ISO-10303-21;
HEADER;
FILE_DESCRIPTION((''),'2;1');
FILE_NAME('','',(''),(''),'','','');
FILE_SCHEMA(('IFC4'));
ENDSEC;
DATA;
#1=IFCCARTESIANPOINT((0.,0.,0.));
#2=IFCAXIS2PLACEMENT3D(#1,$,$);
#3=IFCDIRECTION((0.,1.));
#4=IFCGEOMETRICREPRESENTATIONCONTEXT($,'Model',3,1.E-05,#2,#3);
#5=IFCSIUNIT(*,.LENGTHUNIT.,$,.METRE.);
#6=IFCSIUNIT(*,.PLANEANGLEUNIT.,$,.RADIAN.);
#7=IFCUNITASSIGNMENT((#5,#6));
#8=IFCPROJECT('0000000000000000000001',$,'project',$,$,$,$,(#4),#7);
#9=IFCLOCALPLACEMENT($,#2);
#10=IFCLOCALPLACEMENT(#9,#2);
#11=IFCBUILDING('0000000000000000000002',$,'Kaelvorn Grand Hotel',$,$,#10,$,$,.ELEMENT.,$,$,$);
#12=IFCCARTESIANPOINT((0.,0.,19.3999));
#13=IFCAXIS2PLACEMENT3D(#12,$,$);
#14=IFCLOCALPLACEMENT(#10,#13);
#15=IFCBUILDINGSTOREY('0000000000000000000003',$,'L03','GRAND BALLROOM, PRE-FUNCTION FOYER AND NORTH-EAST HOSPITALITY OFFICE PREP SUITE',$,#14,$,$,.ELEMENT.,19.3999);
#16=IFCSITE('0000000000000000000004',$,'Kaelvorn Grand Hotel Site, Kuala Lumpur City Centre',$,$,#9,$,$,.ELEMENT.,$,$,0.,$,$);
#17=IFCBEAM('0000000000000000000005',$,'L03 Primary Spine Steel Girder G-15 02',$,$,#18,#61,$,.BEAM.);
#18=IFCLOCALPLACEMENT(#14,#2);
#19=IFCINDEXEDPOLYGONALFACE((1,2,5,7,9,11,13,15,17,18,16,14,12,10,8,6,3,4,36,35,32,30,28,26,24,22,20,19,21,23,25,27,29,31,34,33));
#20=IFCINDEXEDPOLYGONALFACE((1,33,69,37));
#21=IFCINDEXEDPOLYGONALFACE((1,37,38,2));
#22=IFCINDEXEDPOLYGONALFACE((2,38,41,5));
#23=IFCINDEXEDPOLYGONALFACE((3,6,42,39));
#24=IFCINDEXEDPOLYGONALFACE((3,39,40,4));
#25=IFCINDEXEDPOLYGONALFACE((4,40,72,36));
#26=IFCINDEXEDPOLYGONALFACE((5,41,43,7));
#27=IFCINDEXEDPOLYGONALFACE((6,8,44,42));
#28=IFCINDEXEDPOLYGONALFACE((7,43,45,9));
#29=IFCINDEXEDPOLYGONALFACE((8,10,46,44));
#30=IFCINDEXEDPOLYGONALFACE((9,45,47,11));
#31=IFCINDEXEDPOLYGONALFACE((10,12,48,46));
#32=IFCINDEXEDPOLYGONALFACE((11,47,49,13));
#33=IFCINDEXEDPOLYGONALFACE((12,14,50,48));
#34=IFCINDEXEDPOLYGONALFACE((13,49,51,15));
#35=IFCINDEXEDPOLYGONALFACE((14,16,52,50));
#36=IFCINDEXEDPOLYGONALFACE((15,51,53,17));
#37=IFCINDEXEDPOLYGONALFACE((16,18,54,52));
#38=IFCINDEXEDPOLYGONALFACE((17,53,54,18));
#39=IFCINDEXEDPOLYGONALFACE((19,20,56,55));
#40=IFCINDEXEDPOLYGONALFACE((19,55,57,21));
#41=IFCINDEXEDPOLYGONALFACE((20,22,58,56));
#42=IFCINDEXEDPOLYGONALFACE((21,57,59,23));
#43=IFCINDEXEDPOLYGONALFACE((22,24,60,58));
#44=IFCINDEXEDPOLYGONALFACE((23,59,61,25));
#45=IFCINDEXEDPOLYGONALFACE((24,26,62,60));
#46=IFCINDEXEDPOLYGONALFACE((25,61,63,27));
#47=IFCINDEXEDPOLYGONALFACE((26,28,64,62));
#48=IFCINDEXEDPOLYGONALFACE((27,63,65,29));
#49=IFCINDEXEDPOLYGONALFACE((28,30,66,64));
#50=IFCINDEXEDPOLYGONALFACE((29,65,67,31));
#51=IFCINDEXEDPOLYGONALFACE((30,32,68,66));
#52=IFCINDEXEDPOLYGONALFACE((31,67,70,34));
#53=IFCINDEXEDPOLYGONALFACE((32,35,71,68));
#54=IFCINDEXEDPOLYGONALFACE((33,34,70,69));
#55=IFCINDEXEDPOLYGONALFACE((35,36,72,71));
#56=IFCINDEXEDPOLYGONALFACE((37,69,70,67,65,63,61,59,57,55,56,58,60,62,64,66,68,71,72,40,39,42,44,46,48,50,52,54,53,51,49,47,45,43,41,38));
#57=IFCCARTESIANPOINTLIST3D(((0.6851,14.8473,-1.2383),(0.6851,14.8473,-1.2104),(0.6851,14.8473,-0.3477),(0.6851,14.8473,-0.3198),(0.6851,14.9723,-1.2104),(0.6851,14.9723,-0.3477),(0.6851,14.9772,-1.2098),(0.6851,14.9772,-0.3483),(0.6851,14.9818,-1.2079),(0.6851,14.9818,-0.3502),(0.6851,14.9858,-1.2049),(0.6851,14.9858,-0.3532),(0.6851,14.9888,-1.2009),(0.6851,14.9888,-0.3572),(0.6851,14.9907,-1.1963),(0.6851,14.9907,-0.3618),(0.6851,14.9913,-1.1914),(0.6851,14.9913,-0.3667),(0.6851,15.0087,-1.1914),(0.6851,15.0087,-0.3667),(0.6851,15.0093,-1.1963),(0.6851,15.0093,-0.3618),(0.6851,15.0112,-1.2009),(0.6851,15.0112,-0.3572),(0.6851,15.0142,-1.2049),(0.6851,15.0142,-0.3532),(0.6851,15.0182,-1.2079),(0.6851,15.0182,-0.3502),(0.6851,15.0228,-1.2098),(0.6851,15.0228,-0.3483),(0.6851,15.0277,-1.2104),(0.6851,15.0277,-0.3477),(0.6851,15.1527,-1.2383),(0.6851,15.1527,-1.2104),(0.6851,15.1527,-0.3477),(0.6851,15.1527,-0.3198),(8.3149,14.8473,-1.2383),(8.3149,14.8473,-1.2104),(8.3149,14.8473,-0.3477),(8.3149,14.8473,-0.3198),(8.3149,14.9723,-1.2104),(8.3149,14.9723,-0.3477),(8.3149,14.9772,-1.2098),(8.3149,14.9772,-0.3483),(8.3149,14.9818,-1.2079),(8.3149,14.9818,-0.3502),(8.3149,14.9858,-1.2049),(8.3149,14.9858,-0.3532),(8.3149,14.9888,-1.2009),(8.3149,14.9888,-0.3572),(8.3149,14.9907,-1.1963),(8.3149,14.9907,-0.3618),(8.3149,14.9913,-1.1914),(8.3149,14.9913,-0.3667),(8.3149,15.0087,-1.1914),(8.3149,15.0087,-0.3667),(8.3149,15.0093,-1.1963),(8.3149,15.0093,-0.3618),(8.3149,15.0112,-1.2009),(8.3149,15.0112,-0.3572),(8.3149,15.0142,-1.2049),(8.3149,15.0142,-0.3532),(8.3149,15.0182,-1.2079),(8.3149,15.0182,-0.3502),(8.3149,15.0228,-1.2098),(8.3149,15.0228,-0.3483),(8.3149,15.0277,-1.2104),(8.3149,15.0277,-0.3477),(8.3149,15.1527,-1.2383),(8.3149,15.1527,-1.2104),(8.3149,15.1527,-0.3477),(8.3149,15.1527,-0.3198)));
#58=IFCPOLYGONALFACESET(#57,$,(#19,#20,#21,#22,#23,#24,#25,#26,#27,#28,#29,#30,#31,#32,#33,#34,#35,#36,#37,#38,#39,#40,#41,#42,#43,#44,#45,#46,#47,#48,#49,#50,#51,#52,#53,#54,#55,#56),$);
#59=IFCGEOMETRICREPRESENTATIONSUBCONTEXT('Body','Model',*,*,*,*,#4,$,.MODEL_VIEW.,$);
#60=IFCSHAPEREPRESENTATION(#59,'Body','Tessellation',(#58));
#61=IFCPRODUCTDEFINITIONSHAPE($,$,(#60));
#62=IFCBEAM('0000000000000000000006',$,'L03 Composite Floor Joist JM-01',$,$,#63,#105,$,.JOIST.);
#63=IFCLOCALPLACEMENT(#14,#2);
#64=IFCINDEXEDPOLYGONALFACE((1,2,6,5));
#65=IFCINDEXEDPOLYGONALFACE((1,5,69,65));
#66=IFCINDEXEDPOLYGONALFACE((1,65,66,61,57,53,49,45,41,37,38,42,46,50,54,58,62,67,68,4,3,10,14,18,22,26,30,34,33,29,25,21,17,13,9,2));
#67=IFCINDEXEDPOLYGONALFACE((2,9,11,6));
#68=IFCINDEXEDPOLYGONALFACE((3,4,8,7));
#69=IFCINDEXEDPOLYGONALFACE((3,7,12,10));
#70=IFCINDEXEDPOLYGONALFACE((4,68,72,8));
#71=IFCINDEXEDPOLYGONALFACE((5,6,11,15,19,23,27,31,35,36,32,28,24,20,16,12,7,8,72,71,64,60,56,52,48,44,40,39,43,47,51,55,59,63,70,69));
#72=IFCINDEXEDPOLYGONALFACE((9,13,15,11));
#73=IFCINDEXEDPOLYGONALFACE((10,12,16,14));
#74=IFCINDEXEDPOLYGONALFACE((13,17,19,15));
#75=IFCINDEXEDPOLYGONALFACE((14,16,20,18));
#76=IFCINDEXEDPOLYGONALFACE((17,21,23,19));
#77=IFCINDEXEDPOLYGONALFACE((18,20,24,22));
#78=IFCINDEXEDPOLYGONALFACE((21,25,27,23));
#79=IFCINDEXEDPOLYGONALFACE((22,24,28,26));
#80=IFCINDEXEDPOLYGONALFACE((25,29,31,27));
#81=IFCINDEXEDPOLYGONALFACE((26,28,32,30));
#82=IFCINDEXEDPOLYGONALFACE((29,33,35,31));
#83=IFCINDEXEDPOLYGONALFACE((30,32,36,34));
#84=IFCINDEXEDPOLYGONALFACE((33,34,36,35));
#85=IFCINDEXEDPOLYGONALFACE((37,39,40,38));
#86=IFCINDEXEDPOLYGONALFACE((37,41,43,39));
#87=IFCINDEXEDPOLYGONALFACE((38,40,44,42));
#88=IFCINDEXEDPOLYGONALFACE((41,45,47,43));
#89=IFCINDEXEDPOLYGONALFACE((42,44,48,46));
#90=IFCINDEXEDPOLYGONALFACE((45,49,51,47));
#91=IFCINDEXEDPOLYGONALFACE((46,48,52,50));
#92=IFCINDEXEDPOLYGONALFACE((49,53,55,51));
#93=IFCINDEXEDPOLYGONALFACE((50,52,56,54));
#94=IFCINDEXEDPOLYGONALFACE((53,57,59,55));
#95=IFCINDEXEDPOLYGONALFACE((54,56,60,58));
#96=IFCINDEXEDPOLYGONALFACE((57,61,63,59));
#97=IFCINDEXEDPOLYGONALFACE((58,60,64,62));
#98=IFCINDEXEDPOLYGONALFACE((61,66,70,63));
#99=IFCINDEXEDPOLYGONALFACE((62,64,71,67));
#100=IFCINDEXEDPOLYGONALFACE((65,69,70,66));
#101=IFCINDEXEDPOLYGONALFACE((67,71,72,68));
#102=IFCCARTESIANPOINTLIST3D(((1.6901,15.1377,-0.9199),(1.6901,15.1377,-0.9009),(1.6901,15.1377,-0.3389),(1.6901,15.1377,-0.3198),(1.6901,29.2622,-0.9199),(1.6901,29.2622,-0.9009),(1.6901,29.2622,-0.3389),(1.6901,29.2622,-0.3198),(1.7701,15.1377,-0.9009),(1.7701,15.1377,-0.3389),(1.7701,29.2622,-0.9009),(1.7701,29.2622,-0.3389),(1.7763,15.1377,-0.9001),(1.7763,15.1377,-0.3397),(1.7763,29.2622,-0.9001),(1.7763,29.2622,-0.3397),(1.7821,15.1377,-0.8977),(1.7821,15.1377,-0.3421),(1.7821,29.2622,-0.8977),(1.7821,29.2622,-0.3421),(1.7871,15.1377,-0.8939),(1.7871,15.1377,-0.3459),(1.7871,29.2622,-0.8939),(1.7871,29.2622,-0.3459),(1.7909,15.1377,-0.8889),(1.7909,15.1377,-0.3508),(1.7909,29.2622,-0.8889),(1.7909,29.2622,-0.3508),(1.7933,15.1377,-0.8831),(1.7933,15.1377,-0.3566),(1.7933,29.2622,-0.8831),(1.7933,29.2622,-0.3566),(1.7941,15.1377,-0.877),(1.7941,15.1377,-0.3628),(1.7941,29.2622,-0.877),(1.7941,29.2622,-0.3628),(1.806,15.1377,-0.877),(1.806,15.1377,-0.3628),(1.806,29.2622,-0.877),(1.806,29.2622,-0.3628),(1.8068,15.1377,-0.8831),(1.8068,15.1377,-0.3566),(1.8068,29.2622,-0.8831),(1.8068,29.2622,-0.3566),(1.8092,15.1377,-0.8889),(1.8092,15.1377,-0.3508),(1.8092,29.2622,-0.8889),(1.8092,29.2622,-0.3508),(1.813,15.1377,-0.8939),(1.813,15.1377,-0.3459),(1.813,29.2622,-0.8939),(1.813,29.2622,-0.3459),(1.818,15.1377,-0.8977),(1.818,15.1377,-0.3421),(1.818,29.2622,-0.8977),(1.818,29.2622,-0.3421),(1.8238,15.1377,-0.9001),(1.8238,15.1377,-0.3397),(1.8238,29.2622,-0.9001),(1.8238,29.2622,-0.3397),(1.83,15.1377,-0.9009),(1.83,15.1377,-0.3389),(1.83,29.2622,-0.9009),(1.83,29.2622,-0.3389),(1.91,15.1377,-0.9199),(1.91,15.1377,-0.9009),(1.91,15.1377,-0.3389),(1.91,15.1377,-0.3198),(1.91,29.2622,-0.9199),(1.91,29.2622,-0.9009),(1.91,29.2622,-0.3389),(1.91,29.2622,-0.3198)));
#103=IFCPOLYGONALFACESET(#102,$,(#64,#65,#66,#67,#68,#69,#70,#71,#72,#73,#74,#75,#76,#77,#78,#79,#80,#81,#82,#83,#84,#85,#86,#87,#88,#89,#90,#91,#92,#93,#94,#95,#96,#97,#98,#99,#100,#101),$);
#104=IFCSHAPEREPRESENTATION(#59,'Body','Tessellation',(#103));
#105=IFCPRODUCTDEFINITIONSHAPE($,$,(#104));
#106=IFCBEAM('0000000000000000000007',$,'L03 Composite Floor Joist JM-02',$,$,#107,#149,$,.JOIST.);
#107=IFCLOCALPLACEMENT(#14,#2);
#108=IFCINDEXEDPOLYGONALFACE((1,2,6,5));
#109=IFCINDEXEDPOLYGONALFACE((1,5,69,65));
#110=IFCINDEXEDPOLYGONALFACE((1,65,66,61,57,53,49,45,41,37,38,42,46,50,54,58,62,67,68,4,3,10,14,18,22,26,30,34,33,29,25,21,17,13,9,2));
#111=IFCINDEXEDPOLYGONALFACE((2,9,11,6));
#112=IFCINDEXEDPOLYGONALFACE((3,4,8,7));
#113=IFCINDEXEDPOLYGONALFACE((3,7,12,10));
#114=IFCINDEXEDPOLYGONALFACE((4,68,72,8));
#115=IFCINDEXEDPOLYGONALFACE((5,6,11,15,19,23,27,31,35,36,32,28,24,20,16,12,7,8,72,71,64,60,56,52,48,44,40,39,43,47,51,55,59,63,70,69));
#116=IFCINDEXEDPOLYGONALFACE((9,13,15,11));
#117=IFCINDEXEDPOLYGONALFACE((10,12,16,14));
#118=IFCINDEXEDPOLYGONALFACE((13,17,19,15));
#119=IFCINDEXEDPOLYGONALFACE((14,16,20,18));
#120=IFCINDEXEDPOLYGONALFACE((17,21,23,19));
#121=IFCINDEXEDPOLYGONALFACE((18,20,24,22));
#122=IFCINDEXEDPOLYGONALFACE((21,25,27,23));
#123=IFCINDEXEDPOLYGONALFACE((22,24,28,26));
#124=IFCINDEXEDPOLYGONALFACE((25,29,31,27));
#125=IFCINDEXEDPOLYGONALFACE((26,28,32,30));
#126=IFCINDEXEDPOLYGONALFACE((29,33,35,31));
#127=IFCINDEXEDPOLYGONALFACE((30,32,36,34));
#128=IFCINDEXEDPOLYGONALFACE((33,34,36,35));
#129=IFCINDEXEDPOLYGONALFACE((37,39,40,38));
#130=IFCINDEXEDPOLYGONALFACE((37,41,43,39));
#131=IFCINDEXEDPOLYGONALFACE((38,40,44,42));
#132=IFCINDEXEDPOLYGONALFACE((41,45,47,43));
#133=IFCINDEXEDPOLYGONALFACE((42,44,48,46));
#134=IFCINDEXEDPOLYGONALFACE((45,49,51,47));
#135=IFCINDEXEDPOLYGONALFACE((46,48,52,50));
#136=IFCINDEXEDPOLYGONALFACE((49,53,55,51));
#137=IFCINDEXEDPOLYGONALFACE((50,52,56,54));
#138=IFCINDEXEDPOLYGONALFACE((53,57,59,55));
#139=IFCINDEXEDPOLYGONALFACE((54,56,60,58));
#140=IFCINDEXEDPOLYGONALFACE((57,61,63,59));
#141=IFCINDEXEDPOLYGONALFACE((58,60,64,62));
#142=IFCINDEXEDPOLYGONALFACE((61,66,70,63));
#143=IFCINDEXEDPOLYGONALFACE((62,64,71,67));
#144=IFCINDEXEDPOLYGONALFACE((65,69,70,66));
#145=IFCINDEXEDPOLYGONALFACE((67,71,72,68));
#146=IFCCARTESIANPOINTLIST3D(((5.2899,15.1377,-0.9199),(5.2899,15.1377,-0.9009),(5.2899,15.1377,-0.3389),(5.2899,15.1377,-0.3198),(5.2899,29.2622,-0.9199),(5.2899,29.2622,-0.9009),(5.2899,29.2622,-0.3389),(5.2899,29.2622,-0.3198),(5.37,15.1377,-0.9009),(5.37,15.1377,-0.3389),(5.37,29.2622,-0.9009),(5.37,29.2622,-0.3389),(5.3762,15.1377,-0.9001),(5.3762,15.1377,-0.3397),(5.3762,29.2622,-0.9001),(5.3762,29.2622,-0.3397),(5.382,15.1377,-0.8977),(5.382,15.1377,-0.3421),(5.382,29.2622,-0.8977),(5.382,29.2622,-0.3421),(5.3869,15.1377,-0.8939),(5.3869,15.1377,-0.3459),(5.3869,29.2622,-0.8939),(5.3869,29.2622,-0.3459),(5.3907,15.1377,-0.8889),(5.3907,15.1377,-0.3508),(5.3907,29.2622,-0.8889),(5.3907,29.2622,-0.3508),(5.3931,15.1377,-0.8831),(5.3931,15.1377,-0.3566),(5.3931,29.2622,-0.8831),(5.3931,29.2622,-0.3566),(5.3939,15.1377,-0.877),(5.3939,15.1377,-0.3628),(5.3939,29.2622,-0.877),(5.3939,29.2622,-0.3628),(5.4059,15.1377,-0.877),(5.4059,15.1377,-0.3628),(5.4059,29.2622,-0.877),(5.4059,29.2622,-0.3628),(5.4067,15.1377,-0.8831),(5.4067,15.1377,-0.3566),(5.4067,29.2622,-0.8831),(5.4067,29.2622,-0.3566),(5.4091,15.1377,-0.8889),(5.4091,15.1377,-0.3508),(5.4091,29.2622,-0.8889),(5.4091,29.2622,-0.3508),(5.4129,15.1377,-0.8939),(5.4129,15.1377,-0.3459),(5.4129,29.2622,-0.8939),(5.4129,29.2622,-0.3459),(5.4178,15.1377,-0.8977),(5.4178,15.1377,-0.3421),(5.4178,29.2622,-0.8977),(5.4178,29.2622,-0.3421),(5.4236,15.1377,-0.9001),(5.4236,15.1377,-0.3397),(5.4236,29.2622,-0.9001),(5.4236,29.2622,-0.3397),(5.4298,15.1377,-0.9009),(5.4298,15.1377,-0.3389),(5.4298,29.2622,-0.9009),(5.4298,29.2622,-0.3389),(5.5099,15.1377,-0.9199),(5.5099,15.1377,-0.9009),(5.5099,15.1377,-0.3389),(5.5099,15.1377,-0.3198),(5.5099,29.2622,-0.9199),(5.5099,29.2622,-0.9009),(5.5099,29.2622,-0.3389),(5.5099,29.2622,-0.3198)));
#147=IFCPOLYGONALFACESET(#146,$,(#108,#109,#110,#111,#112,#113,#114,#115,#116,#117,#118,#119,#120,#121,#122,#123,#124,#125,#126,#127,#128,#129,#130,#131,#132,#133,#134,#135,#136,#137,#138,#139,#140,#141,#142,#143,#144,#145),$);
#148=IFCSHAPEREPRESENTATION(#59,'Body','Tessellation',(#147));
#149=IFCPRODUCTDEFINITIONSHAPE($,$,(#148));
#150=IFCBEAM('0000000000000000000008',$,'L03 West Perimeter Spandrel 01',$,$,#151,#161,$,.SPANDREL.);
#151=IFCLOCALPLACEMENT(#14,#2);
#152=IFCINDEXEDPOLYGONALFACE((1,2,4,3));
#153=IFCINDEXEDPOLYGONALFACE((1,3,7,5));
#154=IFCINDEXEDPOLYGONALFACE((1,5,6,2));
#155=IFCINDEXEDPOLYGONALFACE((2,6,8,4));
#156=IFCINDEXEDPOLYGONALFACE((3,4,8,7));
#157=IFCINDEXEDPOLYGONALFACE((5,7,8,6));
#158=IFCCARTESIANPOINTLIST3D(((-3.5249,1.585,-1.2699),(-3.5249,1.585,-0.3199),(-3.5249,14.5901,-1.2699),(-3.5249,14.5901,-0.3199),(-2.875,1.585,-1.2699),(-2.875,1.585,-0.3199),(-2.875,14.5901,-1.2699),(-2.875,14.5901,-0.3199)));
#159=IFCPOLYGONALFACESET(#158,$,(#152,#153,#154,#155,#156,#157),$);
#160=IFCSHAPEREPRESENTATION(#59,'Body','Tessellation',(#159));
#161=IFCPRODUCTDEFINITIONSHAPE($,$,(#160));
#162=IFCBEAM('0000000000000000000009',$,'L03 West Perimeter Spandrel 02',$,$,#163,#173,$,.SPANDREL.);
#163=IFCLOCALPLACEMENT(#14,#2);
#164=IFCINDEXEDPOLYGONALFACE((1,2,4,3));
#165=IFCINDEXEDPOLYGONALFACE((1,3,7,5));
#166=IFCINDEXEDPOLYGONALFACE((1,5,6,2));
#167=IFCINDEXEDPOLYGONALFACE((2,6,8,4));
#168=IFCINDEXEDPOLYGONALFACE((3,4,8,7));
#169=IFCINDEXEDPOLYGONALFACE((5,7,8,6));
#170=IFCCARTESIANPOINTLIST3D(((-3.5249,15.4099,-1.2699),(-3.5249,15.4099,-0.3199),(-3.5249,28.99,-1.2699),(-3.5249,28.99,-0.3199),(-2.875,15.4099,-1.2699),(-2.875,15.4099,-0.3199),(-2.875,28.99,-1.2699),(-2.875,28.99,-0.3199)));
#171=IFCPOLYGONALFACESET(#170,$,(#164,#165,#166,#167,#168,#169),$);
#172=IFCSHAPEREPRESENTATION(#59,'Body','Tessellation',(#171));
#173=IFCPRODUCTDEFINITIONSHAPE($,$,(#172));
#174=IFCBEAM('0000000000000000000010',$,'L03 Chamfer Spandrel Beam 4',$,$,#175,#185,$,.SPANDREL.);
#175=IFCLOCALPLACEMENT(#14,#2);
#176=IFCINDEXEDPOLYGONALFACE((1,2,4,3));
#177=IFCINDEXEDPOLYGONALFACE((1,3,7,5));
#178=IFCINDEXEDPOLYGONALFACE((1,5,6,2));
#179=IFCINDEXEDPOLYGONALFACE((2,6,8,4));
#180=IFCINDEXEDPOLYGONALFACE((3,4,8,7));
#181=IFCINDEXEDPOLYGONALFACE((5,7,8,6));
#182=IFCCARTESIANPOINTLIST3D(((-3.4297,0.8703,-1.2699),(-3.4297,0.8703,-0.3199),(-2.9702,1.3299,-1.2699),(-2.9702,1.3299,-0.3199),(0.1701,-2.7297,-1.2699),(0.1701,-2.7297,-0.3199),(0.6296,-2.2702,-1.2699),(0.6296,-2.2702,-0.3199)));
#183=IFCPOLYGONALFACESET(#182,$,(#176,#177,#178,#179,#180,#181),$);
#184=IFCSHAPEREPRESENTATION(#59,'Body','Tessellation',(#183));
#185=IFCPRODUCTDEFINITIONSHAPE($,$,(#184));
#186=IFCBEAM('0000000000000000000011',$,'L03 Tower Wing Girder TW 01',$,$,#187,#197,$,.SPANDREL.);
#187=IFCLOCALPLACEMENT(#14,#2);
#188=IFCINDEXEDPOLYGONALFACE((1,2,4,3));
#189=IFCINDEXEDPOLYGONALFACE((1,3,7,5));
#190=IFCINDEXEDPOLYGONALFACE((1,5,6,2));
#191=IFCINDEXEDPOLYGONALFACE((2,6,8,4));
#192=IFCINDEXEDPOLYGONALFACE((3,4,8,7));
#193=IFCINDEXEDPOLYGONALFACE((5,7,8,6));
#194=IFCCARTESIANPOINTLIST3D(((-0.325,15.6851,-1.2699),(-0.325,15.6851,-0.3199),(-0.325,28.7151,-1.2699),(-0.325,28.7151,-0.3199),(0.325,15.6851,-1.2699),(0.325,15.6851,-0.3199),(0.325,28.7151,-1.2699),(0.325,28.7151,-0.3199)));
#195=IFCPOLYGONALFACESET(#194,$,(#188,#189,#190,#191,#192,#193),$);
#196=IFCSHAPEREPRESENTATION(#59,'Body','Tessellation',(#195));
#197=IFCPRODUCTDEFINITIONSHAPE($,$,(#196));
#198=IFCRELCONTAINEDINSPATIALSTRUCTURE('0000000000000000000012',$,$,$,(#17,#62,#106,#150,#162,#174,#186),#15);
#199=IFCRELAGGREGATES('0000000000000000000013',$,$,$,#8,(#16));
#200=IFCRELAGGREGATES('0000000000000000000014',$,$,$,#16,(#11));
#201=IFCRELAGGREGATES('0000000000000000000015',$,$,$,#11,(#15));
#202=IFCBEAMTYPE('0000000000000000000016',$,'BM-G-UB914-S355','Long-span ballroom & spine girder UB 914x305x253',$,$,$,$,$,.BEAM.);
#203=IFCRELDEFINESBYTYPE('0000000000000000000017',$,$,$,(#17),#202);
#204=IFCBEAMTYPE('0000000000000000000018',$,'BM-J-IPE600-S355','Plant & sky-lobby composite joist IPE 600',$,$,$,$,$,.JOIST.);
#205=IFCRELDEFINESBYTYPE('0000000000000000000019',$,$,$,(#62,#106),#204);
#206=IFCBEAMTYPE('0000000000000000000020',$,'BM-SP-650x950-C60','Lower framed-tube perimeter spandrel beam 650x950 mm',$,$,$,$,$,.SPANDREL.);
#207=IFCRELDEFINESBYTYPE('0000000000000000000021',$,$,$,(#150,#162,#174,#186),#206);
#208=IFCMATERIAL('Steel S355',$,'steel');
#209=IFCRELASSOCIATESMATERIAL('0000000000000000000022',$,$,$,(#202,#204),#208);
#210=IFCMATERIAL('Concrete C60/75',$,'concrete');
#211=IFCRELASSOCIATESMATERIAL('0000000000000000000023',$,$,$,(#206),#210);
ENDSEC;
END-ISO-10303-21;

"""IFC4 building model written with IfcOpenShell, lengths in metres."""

from ifc_helpers import new_model, si_unit, direction, frame, origin, origin_2d, place, context, subcontext, project, spatial, rectangle, i_section, extrude, material, material_profile, profile_set, type_object, element, save


model = new_model("IFC4")

# Units and contexts
model_context = context("Model", 3, precision=1e-05, world=origin(), true_north=direction((0.0, 1.0)))
body_context = subcontext(model_context, "Body", "Model", "MODEL_VIEW")
ifc_project = project(units=[si_unit("LENGTHUNIT", "METRE"), si_unit("PLANEANGLEUNIT", "RADIAN")], contexts=[model_context])

# Site, building, storey
site_placement = place(None, origin())
site = spatial("IfcSite", under=ifc_project, at=site_placement, Name="Kaelvorn Grand Hotel Site, Kuala Lumpur City Centre", CompositionType="ELEMENT", RefElevation=0.0)
building_placement = place(site_placement, origin())
building = spatial("IfcBuilding", under=site, at=building_placement, Name="Kaelvorn Grand Hotel", CompositionType="ELEMENT")
storey_placement = place(building_placement, frame((0.0, 0.0, 19.3999)))
storey = spatial("IfcBuildingStorey", under=building, at=storey_placement, Name="L03", Description="GRAND BALLROOM, PRE-FUNCTION FOYER AND NORTH-EAST HOSPITALITY OFFICE PREP SUITE", CompositionType="ELEMENT", Elevation=19.3999)

# Beams
ifc_material_1 = material(Name="Steel S355", Category="steel")
ifc_material_profile_1 = material_profile(ifc_material_1, i_section(OverallWidth=0.3054, OverallDepth=0.9185, WebThickness=0.0173, FlangeThickness=0.0278, FilletRadius=0.019, at=origin_2d()), Name="UB 914x305x253")
ifc_profile_set_1 = profile_set([ifc_material_profile_1], Name="Steel S355")
beam_type_1 = type_object("IfcBeamType", Name="BM-G-UB914-S355", Description="Long-span ballroom & spine girder UB 914x305x253", PredefinedType="BEAM", material=ifc_profile_set_1)
beam_1_placement = place(storey_placement, frame((0.6851, 15.0, -0.7791), z_axis=(1.0, 0.0, 0.0), x_axis=(0.0, 1.0, 0.0)))
element("IfcBeam", 1, at=beam_1_placement, inside=storey, type_object=beam_type_1, Name="L03 Primary Spine Steel Girder G-15 02", PredefinedType="BEAM", context=body_context, shape_type="SweptSolid", body=[
    extrude(i_section(OverallWidth=0.3054, OverallDepth=0.9185, WebThickness=0.0173, FlangeThickness=0.0278, FilletRadius=0.019, at=origin_2d()), origin(), (0.0, 0.0, 1.0), 7.6299),
])
ifc_material_profile_2 = material_profile(ifc_material_1, i_section(OverallWidth=0.22, OverallDepth=0.6001, WebThickness=0.012, FlangeThickness=0.019, FilletRadius=0.0239, at=origin_2d()), Name="IPE 600")
ifc_profile_set_2 = profile_set([ifc_material_profile_2], Name="Steel S355")
beam_type_2 = type_object("IfcBeamType", Name="BM-J-IPE600-S355", Description="Plant & sky-lobby composite joist IPE 600", PredefinedType="JOIST", material=ifc_profile_set_2)
for number, where, z_axis, x_axis, name in (
    (2, (1.8, 15.1377, -0.6199), (0.0, 1.0, 0.0), (-1.0, 0.0, 0.0), "L03 Composite Floor Joist JM-01"),
    (3, (5.3999, 15.1377, -0.6199), (0.0, 1.0, 0.0), (-1.0, 0.0, 0.0), "L03 Composite Floor Joist JM-02"),
):
    element("IfcBeam", number, at=place(storey_placement, frame(where, z_axis=z_axis, x_axis=x_axis)), inside=storey, type_object=beam_type_2, Name=name, PredefinedType="JOIST", context=body_context, shape_type="SweptSolid", body=[
        extrude(i_section(OverallWidth=0.22, OverallDepth=0.6001, WebThickness=0.012, FlangeThickness=0.019, FilletRadius=0.0239, at=origin_2d()), origin(), (0.0, 0.0, 1.0), 14.1245),
    ])
ifc_material_2 = material(Name="Concrete C60/75", Category="concrete")
ifc_material_profile_3 = material_profile(ifc_material_2, rectangle(XDim=0.6499, YDim=0.95, at=origin_2d()), Name="RC SPANDREL 650x950")
ifc_profile_set_3 = profile_set([ifc_material_profile_3], Name="Concrete C60/75")
beam_type_3 = type_object("IfcBeamType", Name="BM-SP-650x950-C60", Description="Lower framed-tube perimeter spandrel beam 650x950 mm", PredefinedType="SPANDREL", material=ifc_profile_set_3)
beam_2_placement = place(storey_placement, frame((-3.2, 1.585, -0.7949), z_axis=(0.0, 1.0, 0.0), x_axis=(-1.0, 0.0, 0.0)))
element("IfcBeam", 4, at=beam_2_placement, inside=storey, type_object=beam_type_3, Name="L03 West Perimeter Spandrel 01", PredefinedType="SPANDREL", context=body_context, shape_type="SweptSolid", body=[
    extrude(rectangle(XDim=0.6499, YDim=0.95, at=origin_2d()), origin(), (0.0, 0.0, 1.0), 13.0051),
])
beam_3_placement = place(storey_placement, frame((-3.2, 15.4099, -0.7949), z_axis=(0.0, 1.0, 0.0), x_axis=(-1.0, 0.0, 0.0)))
element("IfcBeam", 5, at=beam_3_placement, inside=storey, type_object=beam_type_3, Name="L03 West Perimeter Spandrel 02", PredefinedType="SPANDREL", context=body_context, shape_type="SweptSolid", body=[
    extrude(rectangle(XDim=0.6499, YDim=0.95, at=origin_2d()), origin(), (0.0, 0.0, 1.0), 13.5801),
])
beam_4_placement = place(storey_placement, frame((-3.2, 1.1001, -0.7949), z_axis=(0.707083, -0.707131, 0.0), x_axis=(0.707131, 0.707083, 0.0)))
element("IfcBeam", 6, at=beam_4_placement, inside=storey, type_object=beam_type_3, Name="L03 Chamfer Spandrel Beam 4", PredefinedType="SPANDREL", context=body_context, shape_type="SweptSolid", body=[
    extrude(rectangle(XDim=0.6499, YDim=0.95, at=origin_2d()), origin(), (0.0, 0.0, 1.0), 5.0911),
])
beam_5_placement = place(storey_placement, frame((0.0, 15.6851, -0.7949), z_axis=(0.0, 1.0, 0.0), x_axis=(-1.0, 0.0, 0.0)))
element("IfcBeam", 7, at=beam_5_placement, inside=storey, type_object=beam_type_3, Name="L03 Tower Wing Girder TW 01", PredefinedType="SPANDREL", context=body_context, shape_type="SweptSolid", body=[
    extrude(rectangle(XDim=0.6499, YDim=0.95, at=origin_2d()), origin(), (0.0, 0.0, 1.0), 13.03),
])

save(model, "model.ifc")
